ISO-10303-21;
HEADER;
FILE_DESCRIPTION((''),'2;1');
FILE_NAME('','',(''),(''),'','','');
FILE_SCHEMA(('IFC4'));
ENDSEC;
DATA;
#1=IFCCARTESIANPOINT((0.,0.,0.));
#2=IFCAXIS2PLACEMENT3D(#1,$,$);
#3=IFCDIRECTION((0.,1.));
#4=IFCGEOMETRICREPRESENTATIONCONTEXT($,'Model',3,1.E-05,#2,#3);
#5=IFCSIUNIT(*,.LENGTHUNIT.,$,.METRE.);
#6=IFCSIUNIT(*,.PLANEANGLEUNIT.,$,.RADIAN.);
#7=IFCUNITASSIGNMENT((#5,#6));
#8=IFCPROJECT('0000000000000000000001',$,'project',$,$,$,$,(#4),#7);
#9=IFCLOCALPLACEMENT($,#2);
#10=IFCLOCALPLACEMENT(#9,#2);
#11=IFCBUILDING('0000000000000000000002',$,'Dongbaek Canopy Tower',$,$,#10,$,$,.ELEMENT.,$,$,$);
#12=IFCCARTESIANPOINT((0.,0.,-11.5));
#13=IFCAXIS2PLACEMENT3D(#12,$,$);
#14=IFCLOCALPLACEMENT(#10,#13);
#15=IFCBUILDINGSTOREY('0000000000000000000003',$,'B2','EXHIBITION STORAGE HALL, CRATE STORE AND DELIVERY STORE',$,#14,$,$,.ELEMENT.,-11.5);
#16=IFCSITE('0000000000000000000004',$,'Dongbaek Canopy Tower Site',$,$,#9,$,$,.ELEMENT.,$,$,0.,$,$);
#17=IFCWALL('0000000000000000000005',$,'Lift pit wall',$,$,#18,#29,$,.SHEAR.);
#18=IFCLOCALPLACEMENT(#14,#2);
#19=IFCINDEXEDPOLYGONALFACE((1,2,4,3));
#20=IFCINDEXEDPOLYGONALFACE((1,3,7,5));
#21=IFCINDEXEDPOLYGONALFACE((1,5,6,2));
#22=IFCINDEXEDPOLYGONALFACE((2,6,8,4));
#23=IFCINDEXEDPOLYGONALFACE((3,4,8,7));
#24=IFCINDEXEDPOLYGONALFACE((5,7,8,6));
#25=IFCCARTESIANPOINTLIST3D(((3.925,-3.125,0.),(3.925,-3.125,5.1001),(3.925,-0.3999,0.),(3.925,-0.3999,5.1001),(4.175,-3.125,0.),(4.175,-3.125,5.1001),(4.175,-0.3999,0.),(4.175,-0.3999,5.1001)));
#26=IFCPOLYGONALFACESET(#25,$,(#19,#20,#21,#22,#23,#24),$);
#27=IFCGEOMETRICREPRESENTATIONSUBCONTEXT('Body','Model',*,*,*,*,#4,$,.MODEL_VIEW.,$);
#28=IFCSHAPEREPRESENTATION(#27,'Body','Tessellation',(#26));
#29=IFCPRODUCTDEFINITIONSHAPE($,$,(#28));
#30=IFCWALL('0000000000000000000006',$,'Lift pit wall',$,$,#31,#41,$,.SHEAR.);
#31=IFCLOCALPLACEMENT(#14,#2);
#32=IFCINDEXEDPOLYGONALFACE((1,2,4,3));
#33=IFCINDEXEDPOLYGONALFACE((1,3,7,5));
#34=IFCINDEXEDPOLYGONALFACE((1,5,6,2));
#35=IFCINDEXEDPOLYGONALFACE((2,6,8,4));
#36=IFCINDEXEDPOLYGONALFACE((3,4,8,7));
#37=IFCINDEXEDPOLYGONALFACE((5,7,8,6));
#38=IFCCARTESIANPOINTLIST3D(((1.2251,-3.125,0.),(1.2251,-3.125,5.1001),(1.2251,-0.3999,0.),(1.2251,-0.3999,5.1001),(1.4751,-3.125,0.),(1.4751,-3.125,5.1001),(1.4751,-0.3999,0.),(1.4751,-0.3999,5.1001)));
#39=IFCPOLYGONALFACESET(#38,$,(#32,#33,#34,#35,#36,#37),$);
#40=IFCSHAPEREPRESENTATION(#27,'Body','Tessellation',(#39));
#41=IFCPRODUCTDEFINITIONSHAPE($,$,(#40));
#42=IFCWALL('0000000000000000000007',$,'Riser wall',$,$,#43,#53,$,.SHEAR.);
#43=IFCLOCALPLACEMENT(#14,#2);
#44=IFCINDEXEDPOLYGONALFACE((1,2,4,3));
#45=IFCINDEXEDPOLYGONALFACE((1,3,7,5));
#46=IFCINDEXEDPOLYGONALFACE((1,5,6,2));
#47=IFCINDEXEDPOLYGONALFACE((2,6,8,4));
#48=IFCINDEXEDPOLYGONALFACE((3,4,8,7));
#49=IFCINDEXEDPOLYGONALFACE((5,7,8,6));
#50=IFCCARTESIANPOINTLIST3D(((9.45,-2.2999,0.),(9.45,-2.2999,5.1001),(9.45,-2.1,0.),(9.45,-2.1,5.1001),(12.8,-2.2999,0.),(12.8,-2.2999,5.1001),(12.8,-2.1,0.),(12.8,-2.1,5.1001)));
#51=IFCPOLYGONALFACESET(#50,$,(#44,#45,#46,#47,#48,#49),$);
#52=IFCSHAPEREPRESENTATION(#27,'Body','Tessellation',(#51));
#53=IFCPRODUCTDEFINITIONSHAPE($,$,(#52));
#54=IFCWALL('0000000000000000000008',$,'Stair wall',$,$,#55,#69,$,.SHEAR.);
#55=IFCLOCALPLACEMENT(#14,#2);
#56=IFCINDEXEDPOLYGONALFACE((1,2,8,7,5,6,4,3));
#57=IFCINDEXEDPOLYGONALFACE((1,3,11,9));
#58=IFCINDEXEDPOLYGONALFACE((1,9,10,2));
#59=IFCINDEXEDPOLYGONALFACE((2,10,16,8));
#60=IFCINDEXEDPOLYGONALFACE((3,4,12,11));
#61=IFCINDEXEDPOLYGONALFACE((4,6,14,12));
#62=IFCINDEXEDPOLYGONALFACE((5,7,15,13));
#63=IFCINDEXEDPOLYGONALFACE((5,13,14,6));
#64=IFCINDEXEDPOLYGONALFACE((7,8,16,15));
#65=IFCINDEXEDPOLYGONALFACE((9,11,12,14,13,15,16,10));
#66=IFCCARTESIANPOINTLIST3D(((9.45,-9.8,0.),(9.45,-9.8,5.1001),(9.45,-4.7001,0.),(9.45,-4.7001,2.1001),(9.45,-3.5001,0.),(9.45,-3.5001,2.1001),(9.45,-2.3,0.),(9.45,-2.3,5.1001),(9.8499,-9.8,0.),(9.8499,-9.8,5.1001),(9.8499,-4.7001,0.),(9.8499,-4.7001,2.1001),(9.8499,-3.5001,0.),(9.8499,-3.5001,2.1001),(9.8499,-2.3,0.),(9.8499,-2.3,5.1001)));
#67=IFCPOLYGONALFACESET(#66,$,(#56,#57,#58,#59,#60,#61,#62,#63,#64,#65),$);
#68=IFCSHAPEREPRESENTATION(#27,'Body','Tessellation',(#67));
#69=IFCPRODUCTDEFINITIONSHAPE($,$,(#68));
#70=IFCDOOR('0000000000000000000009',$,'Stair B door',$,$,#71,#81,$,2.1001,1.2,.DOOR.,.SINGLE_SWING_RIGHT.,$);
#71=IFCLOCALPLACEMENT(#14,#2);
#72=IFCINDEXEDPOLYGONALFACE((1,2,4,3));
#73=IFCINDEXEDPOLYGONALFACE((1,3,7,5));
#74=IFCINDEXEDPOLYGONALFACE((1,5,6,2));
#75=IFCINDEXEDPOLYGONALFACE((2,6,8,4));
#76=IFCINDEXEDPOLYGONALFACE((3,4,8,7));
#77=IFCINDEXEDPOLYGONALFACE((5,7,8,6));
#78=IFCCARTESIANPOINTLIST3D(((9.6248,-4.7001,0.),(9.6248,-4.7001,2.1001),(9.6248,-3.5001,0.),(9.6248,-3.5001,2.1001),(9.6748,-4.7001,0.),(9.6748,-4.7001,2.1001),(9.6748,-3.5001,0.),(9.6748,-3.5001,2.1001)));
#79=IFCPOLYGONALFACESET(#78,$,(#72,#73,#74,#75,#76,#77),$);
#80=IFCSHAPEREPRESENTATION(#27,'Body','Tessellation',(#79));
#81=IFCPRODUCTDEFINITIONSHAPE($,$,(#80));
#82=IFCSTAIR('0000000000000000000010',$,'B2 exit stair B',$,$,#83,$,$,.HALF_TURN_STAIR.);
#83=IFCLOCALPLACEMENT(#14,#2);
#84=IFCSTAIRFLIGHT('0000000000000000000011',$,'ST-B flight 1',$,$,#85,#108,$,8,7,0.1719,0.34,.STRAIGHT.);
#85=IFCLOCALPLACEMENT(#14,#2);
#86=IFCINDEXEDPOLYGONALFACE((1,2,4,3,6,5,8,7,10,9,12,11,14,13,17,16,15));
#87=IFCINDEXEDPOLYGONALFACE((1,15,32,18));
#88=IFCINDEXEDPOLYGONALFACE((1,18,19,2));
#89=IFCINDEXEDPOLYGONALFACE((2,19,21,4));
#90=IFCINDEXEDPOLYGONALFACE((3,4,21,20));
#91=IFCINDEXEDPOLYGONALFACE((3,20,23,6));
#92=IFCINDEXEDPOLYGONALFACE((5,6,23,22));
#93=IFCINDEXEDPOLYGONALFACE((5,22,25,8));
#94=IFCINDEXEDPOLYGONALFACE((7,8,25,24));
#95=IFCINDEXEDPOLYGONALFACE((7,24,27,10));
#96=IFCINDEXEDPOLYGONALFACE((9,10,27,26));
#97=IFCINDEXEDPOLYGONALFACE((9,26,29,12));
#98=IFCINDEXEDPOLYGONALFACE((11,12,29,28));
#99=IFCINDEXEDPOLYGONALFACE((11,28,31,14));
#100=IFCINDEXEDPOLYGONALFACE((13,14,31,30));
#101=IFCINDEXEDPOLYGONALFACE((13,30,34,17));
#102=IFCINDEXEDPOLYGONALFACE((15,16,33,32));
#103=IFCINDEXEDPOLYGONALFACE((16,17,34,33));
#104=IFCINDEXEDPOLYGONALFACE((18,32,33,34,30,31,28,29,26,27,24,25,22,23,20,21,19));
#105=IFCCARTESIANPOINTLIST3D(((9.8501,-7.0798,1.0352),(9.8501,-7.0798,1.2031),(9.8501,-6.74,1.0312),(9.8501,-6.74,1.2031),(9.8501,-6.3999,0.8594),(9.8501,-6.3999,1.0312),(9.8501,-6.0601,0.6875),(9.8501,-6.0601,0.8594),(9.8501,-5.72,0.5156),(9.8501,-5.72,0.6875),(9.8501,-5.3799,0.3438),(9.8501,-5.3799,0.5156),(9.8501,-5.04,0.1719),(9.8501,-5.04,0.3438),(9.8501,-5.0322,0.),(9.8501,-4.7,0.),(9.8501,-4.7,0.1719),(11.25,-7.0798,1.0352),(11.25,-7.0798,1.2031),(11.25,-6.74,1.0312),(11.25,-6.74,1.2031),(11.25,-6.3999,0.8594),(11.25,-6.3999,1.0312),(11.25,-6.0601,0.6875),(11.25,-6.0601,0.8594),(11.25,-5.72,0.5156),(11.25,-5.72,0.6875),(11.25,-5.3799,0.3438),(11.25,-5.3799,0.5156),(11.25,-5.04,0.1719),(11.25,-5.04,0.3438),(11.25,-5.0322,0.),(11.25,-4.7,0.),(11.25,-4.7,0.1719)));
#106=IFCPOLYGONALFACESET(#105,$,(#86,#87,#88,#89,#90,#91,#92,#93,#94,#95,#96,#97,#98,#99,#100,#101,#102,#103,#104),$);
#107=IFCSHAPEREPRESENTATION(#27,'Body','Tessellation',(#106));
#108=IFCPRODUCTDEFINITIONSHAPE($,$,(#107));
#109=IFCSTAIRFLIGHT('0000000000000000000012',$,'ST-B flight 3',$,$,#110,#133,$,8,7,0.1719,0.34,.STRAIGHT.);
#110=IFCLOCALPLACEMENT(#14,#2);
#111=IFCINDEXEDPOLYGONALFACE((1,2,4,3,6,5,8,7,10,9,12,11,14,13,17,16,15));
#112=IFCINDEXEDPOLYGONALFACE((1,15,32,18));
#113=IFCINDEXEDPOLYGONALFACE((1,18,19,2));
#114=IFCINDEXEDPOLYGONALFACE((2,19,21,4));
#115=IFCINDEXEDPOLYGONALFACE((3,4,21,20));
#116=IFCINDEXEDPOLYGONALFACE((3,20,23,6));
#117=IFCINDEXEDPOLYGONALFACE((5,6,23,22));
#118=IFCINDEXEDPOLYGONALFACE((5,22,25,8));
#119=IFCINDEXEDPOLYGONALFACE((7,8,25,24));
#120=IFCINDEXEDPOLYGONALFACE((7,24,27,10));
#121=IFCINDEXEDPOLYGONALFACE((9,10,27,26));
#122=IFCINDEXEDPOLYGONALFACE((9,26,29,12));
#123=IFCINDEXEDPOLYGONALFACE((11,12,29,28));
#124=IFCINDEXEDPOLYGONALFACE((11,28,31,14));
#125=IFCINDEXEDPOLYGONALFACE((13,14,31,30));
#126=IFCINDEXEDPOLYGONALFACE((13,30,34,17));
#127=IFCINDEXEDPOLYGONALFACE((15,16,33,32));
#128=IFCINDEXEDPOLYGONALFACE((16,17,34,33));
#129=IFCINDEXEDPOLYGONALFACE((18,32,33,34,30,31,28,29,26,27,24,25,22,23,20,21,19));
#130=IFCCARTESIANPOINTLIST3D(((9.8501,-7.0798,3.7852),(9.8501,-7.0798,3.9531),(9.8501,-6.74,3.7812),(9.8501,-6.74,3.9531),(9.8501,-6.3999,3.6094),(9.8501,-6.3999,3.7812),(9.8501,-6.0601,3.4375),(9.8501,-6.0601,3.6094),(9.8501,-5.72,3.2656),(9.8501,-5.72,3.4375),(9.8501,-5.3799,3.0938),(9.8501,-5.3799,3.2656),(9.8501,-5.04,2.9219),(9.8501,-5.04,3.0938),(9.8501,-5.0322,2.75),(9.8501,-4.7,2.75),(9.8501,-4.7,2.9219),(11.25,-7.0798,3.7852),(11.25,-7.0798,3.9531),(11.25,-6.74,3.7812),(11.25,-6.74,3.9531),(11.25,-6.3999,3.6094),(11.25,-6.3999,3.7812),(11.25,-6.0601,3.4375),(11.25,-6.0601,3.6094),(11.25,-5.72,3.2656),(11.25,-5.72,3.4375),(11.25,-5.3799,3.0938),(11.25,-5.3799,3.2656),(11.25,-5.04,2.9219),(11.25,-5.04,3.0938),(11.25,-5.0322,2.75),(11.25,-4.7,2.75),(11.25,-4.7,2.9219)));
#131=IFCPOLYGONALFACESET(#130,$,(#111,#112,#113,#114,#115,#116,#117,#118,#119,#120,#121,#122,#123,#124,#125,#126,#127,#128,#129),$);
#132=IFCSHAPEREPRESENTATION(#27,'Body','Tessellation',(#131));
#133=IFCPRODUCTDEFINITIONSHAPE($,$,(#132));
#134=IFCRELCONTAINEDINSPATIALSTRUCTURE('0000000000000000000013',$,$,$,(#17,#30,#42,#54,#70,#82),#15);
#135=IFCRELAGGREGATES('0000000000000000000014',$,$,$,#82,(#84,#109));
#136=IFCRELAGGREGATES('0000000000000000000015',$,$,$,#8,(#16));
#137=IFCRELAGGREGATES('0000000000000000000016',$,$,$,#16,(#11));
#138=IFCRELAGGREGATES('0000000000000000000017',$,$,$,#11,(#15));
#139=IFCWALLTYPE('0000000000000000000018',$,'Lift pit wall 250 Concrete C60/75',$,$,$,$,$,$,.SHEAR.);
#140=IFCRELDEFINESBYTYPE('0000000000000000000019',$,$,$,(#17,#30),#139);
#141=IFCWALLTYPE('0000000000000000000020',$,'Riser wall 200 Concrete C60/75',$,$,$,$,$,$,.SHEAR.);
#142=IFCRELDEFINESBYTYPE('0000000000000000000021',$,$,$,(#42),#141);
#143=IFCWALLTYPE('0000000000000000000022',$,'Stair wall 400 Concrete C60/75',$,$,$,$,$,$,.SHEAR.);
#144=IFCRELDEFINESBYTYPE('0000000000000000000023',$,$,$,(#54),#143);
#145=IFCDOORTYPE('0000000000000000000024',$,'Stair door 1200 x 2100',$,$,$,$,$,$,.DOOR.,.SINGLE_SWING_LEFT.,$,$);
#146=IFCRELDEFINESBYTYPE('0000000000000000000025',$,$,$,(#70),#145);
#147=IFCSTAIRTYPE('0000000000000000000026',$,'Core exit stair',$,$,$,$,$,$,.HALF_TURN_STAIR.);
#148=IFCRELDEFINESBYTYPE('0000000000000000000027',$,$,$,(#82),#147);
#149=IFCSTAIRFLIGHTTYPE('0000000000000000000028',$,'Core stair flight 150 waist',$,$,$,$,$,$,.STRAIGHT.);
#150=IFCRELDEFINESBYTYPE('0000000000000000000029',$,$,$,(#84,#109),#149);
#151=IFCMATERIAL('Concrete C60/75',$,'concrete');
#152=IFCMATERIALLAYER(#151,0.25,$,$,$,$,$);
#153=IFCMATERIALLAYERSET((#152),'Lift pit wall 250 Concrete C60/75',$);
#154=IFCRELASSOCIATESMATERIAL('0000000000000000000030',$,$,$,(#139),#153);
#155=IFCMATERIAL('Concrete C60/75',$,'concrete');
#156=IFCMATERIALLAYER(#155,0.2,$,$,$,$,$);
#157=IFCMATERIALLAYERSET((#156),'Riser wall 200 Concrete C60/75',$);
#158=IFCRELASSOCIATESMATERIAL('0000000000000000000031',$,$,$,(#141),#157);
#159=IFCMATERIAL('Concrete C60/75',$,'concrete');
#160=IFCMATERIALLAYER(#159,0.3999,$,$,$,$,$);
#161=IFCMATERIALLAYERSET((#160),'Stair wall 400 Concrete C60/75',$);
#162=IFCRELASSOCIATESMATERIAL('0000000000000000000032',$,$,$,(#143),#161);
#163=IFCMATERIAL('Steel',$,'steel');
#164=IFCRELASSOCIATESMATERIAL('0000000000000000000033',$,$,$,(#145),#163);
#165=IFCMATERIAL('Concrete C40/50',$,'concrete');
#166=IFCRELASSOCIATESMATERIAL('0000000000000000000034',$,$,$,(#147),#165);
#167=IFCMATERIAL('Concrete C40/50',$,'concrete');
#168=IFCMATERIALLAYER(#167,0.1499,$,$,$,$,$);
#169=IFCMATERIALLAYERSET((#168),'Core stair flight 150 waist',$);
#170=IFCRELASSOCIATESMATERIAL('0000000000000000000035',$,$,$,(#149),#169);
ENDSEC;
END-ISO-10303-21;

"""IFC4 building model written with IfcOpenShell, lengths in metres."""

from ifc_helpers import new_model, si_unit, direction, frame, frame_2d, origin, place, context, subcontext, project, spatial, polyline, rectangle, outline, extrude, material, layer, layer_set, type_object, element, fill, aggregate, save


model = new_model("IFC4")

# Units and contexts
model_context = context("Model", 3, precision=1e-05, world=origin(), true_north=direction((0.0, 1.0)))
body_context = subcontext(model_context, "Body", "Model", "MODEL_VIEW")
ifc_project = project(units=[si_unit("LENGTHUNIT", "METRE"), si_unit("PLANEANGLEUNIT", "RADIAN")], contexts=[model_context])

# Site, building, storey
site_placement = place(None, origin())
site = spatial("IfcSite", under=ifc_project, at=site_placement, Name="Dongbaek Canopy Tower Site", CompositionType="ELEMENT", RefElevation=0.0)
building_placement = place(site_placement, origin())
building = spatial("IfcBuilding", under=site, at=building_placement, Name="Dongbaek Canopy Tower", CompositionType="ELEMENT")
storey_placement = place(building_placement, frame((0.0, 0.0, -11.5)))
storey = spatial("IfcBuildingStorey", under=building, at=storey_placement, Name="B2", Description="EXHIBITION STORAGE HALL, CRATE STORE AND DELIVERY STORE", CompositionType="ELEMENT", Elevation=-11.5)

# Walls
ifc_material_1 = material(Name="Concrete C60/75", Category="concrete")
ifc_layer_1 = layer(ifc_material_1, 0.25)
ifc_layer_set_1 = layer_set([ifc_layer_1], Name="Lift pit wall 250 Concrete C60/75")
wall_type_1 = type_object("IfcWallType", Name="Lift pit wall 250 Concrete C60/75", PredefinedType="SHEAR", material=ifc_layer_set_1)
for number, where, z_axis, x_axis, name in (
    (1, (4.05, -3.125, 0.0), (0.0, 0.0, 1.0), (0.0, 1.0, 0.0), "Lift pit wall"),
    (2, (1.3501, -3.125, 0.0), (0.0, 0.0, 1.0), (0.0, 1.0, 0.0), "Lift pit wall"),
):
    element("IfcWall", number, at=place(storey_placement, frame(where, z_axis=z_axis, x_axis=x_axis)), inside=storey, type_object=wall_type_1, Name=name, PredefinedType="SHEAR", context=body_context, shape_type="SweptSolid", body=[
        extrude(rectangle(XDim=2.7251, YDim=0.25, at=frame_2d((1.3625, 0.0))), origin(), (0.0, 0.0, 1.0), 5.1001),
    ])
ifc_material_2 = material(Name="Concrete C60/75", Category="concrete")
ifc_layer_2 = layer(ifc_material_2, 0.2)
ifc_layer_set_2 = layer_set([ifc_layer_2], Name="Riser wall 200 Concrete C60/75")
wall_type_2 = type_object("IfcWallType", Name="Riser wall 200 Concrete C60/75", PredefinedType="SHEAR", material=ifc_layer_set_2)
wall_1_placement = place(storey_placement, frame((9.45, -2.2, 0.0), z_axis=(0.0, 0.0, 1.0), x_axis=(1.0, 0.0, 0.0)))
element("IfcWall", 3, at=wall_1_placement, inside=storey, type_object=wall_type_2, Name="Riser wall", PredefinedType="SHEAR", context=body_context, shape_type="SweptSolid", body=[
    extrude(rectangle(XDim=3.3501, YDim=0.2, at=frame_2d((1.675, 0.0))), origin(), (0.0, 0.0, 1.0), 5.1001),
])

# Wall, opening, door
ifc_material_3 = material(Name="Concrete C60/75", Category="concrete")
ifc_layer_3 = layer(ifc_material_3, 0.3999)
ifc_layer_set_3 = layer_set([ifc_layer_3], Name="Stair wall 400 Concrete C60/75")
wall_type_3 = type_object("IfcWallType", Name="Stair wall 400 Concrete C60/75", PredefinedType="SHEAR", material=ifc_layer_set_3)
wall_2_placement = place(storey_placement, frame((9.6499, -2.3, 0.0), z_axis=(0.0, 0.0, 1.0), x_axis=(0.0, -1.0, 0.0)))
wall_2 = element("IfcWall", 4, at=wall_2_placement, inside=storey, type_object=wall_type_3, Name="Stair wall", PredefinedType="SHEAR", context=body_context, shape_type="SweptSolid", body=[
    extrude(rectangle(XDim=7.5, YDim=0.3999, at=frame_2d((3.75, 0.0))), origin(), (0.0, 0.0, 1.0), 5.1001),
])
opening_placement = place(wall_2_placement, frame((1.2, 0.0, 0.0)))
opening = element("IfcOpeningElement", 5, at=opening_placement, cuts=wall_2, PredefinedType="OPENING", context=body_context, shape_type="SweptSolid", body=[
    extrude(rectangle(XDim=1.2, YDim=2.1001, at=frame_2d((0.6001, 1.05))), frame((0.0, 0.21, 0.0), z_axis=(0.0, -1.0, 0.0), x_axis=(1.0, 0.0, 0.0)), (0.0, 0.0, 1.0), 0.4199),
])
ifc_material_4 = material(Name="Steel", Category="steel")
door_type = type_object("IfcDoorType", Name="Stair door 1200 x 2100", OperationType="SINGLE_SWING_LEFT", PredefinedType="DOOR", material=ifc_material_4)
door_placement = place(opening_placement, origin())
door = element("IfcDoor", 6, at=door_placement, inside=storey, type_object=door_type, Name="Stair B door", OperationType="SINGLE_SWING_RIGHT", OverallHeight=2.1001, OverallWidth=1.2, PredefinedType="DOOR", context=body_context, shape_type="SweptSolid", body=[
    extrude(rectangle(XDim=1.2, YDim=2.1001, at=frame_2d((0.6001, 1.05))), frame((0.0, 0.0249, 0.0), z_axis=(0.0, -1.0, 0.0), x_axis=(1.0, 0.0, 0.0)), (0.0, 0.0, 1.0), 0.05),
])
fill(opening, door)

# Stair, stair flights
ifc_material_5 = material(Name="Concrete C40/50", Category="concrete")
stair_type = type_object("IfcStairType", Name="Core exit stair", PredefinedType="HALF_TURN_STAIR", material=ifc_material_5)
stair_placement = place(storey_placement, origin())
stair = element("IfcStair", 7, at=stair_placement, inside=storey, type_object=stair_type, Name="B2 exit stair B", PredefinedType="HALF_TURN_STAIR")
ifc_material_6 = material(Name="Concrete C40/50", Category="concrete")
ifc_layer_4 = layer(ifc_material_6, 0.1499)
ifc_layer_set_4 = layer_set([ifc_layer_4], Name="Core stair flight 150 waist")
stair_flight_type = type_object("IfcStairFlightType", Name="Core stair flight 150 waist", PredefinedType="STRAIGHT", material=ifc_layer_set_4)
stair_flight_1_placement = place(storey_placement, frame((10.55, -4.7, 0.0), z_axis=(0.0, 0.0, 1.0), x_axis=(0.0, -1.0, 0.0)))
stair_flight_1 = element("IfcStairFlight", 8, at=stair_flight_1_placement, type_object=stair_flight_type, Name="ST-B flight 1", NumberOfRisers=8, NumberOfTreads=7, PredefinedType="STRAIGHT", RiserHeight=0.1719, TreadLength=0.34, context=body_context, shape_type="SweptSolid", body=[
    extrude(outline(polyline([(0.0, 0.0), (0.0, 0.1719), (0.3401, 0.1719), (0.3401, 0.3438), (0.6799, 0.3438), (0.6799, 0.5156), (1.02, 0.5156), (1.02, 0.6875), (1.3601, 0.6875), (1.3601, 0.8594), (1.7, 0.8594), (1.7, 1.0312), (2.04, 1.0312), (2.04, 1.2031), (2.3799, 1.2031), (2.3799, 1.375), (2.3799, 1.0352), (0.3323, 0.0), (0.0, 0.0)])), frame((0.0, 0.7, 0.0), z_axis=(0.0, -1.0, 0.0), x_axis=(1.0, 0.0, 0.0)), (0.0, 0.0, 1.0), 1.3999),
])
stair_flight_2_placement = place(storey_placement, frame((10.55, -4.7, 2.75), z_axis=(0.0, 0.0, 1.0), x_axis=(0.0, -1.0, 0.0)))
stair_flight_2 = element("IfcStairFlight", 9, at=stair_flight_2_placement, type_object=stair_flight_type, Name="ST-B flight 3", NumberOfRisers=8, NumberOfTreads=7, PredefinedType="STRAIGHT", RiserHeight=0.1719, TreadLength=0.34, context=body_context, shape_type="SweptSolid", body=[
    extrude(outline(polyline([(0.0, 0.0), (0.0, 0.1719), (0.3401, 0.1719), (0.3401, 0.3438), (0.6799, 0.3438), (0.6799, 0.5156), (1.02, 0.5156), (1.02, 0.6875), (1.3601, 0.6875), (1.3601, 0.8594), (1.7, 0.8594), (1.7, 1.0312), (2.04, 1.0312), (2.04, 1.2031), (2.3799, 1.2031), (2.3799, 1.375), (2.3799, 1.0352), (0.3323, 0.0), (0.0, 0.0)])), frame((0.0, 0.7, 0.0), z_axis=(0.0, -1.0, 0.0), x_axis=(1.0, 0.0, 0.0)), (0.0, 0.0, 1.0), 1.3999),
])
aggregate(stair, [stair_flight_1, stair_flight_2])

save(model, "model.ifc")
